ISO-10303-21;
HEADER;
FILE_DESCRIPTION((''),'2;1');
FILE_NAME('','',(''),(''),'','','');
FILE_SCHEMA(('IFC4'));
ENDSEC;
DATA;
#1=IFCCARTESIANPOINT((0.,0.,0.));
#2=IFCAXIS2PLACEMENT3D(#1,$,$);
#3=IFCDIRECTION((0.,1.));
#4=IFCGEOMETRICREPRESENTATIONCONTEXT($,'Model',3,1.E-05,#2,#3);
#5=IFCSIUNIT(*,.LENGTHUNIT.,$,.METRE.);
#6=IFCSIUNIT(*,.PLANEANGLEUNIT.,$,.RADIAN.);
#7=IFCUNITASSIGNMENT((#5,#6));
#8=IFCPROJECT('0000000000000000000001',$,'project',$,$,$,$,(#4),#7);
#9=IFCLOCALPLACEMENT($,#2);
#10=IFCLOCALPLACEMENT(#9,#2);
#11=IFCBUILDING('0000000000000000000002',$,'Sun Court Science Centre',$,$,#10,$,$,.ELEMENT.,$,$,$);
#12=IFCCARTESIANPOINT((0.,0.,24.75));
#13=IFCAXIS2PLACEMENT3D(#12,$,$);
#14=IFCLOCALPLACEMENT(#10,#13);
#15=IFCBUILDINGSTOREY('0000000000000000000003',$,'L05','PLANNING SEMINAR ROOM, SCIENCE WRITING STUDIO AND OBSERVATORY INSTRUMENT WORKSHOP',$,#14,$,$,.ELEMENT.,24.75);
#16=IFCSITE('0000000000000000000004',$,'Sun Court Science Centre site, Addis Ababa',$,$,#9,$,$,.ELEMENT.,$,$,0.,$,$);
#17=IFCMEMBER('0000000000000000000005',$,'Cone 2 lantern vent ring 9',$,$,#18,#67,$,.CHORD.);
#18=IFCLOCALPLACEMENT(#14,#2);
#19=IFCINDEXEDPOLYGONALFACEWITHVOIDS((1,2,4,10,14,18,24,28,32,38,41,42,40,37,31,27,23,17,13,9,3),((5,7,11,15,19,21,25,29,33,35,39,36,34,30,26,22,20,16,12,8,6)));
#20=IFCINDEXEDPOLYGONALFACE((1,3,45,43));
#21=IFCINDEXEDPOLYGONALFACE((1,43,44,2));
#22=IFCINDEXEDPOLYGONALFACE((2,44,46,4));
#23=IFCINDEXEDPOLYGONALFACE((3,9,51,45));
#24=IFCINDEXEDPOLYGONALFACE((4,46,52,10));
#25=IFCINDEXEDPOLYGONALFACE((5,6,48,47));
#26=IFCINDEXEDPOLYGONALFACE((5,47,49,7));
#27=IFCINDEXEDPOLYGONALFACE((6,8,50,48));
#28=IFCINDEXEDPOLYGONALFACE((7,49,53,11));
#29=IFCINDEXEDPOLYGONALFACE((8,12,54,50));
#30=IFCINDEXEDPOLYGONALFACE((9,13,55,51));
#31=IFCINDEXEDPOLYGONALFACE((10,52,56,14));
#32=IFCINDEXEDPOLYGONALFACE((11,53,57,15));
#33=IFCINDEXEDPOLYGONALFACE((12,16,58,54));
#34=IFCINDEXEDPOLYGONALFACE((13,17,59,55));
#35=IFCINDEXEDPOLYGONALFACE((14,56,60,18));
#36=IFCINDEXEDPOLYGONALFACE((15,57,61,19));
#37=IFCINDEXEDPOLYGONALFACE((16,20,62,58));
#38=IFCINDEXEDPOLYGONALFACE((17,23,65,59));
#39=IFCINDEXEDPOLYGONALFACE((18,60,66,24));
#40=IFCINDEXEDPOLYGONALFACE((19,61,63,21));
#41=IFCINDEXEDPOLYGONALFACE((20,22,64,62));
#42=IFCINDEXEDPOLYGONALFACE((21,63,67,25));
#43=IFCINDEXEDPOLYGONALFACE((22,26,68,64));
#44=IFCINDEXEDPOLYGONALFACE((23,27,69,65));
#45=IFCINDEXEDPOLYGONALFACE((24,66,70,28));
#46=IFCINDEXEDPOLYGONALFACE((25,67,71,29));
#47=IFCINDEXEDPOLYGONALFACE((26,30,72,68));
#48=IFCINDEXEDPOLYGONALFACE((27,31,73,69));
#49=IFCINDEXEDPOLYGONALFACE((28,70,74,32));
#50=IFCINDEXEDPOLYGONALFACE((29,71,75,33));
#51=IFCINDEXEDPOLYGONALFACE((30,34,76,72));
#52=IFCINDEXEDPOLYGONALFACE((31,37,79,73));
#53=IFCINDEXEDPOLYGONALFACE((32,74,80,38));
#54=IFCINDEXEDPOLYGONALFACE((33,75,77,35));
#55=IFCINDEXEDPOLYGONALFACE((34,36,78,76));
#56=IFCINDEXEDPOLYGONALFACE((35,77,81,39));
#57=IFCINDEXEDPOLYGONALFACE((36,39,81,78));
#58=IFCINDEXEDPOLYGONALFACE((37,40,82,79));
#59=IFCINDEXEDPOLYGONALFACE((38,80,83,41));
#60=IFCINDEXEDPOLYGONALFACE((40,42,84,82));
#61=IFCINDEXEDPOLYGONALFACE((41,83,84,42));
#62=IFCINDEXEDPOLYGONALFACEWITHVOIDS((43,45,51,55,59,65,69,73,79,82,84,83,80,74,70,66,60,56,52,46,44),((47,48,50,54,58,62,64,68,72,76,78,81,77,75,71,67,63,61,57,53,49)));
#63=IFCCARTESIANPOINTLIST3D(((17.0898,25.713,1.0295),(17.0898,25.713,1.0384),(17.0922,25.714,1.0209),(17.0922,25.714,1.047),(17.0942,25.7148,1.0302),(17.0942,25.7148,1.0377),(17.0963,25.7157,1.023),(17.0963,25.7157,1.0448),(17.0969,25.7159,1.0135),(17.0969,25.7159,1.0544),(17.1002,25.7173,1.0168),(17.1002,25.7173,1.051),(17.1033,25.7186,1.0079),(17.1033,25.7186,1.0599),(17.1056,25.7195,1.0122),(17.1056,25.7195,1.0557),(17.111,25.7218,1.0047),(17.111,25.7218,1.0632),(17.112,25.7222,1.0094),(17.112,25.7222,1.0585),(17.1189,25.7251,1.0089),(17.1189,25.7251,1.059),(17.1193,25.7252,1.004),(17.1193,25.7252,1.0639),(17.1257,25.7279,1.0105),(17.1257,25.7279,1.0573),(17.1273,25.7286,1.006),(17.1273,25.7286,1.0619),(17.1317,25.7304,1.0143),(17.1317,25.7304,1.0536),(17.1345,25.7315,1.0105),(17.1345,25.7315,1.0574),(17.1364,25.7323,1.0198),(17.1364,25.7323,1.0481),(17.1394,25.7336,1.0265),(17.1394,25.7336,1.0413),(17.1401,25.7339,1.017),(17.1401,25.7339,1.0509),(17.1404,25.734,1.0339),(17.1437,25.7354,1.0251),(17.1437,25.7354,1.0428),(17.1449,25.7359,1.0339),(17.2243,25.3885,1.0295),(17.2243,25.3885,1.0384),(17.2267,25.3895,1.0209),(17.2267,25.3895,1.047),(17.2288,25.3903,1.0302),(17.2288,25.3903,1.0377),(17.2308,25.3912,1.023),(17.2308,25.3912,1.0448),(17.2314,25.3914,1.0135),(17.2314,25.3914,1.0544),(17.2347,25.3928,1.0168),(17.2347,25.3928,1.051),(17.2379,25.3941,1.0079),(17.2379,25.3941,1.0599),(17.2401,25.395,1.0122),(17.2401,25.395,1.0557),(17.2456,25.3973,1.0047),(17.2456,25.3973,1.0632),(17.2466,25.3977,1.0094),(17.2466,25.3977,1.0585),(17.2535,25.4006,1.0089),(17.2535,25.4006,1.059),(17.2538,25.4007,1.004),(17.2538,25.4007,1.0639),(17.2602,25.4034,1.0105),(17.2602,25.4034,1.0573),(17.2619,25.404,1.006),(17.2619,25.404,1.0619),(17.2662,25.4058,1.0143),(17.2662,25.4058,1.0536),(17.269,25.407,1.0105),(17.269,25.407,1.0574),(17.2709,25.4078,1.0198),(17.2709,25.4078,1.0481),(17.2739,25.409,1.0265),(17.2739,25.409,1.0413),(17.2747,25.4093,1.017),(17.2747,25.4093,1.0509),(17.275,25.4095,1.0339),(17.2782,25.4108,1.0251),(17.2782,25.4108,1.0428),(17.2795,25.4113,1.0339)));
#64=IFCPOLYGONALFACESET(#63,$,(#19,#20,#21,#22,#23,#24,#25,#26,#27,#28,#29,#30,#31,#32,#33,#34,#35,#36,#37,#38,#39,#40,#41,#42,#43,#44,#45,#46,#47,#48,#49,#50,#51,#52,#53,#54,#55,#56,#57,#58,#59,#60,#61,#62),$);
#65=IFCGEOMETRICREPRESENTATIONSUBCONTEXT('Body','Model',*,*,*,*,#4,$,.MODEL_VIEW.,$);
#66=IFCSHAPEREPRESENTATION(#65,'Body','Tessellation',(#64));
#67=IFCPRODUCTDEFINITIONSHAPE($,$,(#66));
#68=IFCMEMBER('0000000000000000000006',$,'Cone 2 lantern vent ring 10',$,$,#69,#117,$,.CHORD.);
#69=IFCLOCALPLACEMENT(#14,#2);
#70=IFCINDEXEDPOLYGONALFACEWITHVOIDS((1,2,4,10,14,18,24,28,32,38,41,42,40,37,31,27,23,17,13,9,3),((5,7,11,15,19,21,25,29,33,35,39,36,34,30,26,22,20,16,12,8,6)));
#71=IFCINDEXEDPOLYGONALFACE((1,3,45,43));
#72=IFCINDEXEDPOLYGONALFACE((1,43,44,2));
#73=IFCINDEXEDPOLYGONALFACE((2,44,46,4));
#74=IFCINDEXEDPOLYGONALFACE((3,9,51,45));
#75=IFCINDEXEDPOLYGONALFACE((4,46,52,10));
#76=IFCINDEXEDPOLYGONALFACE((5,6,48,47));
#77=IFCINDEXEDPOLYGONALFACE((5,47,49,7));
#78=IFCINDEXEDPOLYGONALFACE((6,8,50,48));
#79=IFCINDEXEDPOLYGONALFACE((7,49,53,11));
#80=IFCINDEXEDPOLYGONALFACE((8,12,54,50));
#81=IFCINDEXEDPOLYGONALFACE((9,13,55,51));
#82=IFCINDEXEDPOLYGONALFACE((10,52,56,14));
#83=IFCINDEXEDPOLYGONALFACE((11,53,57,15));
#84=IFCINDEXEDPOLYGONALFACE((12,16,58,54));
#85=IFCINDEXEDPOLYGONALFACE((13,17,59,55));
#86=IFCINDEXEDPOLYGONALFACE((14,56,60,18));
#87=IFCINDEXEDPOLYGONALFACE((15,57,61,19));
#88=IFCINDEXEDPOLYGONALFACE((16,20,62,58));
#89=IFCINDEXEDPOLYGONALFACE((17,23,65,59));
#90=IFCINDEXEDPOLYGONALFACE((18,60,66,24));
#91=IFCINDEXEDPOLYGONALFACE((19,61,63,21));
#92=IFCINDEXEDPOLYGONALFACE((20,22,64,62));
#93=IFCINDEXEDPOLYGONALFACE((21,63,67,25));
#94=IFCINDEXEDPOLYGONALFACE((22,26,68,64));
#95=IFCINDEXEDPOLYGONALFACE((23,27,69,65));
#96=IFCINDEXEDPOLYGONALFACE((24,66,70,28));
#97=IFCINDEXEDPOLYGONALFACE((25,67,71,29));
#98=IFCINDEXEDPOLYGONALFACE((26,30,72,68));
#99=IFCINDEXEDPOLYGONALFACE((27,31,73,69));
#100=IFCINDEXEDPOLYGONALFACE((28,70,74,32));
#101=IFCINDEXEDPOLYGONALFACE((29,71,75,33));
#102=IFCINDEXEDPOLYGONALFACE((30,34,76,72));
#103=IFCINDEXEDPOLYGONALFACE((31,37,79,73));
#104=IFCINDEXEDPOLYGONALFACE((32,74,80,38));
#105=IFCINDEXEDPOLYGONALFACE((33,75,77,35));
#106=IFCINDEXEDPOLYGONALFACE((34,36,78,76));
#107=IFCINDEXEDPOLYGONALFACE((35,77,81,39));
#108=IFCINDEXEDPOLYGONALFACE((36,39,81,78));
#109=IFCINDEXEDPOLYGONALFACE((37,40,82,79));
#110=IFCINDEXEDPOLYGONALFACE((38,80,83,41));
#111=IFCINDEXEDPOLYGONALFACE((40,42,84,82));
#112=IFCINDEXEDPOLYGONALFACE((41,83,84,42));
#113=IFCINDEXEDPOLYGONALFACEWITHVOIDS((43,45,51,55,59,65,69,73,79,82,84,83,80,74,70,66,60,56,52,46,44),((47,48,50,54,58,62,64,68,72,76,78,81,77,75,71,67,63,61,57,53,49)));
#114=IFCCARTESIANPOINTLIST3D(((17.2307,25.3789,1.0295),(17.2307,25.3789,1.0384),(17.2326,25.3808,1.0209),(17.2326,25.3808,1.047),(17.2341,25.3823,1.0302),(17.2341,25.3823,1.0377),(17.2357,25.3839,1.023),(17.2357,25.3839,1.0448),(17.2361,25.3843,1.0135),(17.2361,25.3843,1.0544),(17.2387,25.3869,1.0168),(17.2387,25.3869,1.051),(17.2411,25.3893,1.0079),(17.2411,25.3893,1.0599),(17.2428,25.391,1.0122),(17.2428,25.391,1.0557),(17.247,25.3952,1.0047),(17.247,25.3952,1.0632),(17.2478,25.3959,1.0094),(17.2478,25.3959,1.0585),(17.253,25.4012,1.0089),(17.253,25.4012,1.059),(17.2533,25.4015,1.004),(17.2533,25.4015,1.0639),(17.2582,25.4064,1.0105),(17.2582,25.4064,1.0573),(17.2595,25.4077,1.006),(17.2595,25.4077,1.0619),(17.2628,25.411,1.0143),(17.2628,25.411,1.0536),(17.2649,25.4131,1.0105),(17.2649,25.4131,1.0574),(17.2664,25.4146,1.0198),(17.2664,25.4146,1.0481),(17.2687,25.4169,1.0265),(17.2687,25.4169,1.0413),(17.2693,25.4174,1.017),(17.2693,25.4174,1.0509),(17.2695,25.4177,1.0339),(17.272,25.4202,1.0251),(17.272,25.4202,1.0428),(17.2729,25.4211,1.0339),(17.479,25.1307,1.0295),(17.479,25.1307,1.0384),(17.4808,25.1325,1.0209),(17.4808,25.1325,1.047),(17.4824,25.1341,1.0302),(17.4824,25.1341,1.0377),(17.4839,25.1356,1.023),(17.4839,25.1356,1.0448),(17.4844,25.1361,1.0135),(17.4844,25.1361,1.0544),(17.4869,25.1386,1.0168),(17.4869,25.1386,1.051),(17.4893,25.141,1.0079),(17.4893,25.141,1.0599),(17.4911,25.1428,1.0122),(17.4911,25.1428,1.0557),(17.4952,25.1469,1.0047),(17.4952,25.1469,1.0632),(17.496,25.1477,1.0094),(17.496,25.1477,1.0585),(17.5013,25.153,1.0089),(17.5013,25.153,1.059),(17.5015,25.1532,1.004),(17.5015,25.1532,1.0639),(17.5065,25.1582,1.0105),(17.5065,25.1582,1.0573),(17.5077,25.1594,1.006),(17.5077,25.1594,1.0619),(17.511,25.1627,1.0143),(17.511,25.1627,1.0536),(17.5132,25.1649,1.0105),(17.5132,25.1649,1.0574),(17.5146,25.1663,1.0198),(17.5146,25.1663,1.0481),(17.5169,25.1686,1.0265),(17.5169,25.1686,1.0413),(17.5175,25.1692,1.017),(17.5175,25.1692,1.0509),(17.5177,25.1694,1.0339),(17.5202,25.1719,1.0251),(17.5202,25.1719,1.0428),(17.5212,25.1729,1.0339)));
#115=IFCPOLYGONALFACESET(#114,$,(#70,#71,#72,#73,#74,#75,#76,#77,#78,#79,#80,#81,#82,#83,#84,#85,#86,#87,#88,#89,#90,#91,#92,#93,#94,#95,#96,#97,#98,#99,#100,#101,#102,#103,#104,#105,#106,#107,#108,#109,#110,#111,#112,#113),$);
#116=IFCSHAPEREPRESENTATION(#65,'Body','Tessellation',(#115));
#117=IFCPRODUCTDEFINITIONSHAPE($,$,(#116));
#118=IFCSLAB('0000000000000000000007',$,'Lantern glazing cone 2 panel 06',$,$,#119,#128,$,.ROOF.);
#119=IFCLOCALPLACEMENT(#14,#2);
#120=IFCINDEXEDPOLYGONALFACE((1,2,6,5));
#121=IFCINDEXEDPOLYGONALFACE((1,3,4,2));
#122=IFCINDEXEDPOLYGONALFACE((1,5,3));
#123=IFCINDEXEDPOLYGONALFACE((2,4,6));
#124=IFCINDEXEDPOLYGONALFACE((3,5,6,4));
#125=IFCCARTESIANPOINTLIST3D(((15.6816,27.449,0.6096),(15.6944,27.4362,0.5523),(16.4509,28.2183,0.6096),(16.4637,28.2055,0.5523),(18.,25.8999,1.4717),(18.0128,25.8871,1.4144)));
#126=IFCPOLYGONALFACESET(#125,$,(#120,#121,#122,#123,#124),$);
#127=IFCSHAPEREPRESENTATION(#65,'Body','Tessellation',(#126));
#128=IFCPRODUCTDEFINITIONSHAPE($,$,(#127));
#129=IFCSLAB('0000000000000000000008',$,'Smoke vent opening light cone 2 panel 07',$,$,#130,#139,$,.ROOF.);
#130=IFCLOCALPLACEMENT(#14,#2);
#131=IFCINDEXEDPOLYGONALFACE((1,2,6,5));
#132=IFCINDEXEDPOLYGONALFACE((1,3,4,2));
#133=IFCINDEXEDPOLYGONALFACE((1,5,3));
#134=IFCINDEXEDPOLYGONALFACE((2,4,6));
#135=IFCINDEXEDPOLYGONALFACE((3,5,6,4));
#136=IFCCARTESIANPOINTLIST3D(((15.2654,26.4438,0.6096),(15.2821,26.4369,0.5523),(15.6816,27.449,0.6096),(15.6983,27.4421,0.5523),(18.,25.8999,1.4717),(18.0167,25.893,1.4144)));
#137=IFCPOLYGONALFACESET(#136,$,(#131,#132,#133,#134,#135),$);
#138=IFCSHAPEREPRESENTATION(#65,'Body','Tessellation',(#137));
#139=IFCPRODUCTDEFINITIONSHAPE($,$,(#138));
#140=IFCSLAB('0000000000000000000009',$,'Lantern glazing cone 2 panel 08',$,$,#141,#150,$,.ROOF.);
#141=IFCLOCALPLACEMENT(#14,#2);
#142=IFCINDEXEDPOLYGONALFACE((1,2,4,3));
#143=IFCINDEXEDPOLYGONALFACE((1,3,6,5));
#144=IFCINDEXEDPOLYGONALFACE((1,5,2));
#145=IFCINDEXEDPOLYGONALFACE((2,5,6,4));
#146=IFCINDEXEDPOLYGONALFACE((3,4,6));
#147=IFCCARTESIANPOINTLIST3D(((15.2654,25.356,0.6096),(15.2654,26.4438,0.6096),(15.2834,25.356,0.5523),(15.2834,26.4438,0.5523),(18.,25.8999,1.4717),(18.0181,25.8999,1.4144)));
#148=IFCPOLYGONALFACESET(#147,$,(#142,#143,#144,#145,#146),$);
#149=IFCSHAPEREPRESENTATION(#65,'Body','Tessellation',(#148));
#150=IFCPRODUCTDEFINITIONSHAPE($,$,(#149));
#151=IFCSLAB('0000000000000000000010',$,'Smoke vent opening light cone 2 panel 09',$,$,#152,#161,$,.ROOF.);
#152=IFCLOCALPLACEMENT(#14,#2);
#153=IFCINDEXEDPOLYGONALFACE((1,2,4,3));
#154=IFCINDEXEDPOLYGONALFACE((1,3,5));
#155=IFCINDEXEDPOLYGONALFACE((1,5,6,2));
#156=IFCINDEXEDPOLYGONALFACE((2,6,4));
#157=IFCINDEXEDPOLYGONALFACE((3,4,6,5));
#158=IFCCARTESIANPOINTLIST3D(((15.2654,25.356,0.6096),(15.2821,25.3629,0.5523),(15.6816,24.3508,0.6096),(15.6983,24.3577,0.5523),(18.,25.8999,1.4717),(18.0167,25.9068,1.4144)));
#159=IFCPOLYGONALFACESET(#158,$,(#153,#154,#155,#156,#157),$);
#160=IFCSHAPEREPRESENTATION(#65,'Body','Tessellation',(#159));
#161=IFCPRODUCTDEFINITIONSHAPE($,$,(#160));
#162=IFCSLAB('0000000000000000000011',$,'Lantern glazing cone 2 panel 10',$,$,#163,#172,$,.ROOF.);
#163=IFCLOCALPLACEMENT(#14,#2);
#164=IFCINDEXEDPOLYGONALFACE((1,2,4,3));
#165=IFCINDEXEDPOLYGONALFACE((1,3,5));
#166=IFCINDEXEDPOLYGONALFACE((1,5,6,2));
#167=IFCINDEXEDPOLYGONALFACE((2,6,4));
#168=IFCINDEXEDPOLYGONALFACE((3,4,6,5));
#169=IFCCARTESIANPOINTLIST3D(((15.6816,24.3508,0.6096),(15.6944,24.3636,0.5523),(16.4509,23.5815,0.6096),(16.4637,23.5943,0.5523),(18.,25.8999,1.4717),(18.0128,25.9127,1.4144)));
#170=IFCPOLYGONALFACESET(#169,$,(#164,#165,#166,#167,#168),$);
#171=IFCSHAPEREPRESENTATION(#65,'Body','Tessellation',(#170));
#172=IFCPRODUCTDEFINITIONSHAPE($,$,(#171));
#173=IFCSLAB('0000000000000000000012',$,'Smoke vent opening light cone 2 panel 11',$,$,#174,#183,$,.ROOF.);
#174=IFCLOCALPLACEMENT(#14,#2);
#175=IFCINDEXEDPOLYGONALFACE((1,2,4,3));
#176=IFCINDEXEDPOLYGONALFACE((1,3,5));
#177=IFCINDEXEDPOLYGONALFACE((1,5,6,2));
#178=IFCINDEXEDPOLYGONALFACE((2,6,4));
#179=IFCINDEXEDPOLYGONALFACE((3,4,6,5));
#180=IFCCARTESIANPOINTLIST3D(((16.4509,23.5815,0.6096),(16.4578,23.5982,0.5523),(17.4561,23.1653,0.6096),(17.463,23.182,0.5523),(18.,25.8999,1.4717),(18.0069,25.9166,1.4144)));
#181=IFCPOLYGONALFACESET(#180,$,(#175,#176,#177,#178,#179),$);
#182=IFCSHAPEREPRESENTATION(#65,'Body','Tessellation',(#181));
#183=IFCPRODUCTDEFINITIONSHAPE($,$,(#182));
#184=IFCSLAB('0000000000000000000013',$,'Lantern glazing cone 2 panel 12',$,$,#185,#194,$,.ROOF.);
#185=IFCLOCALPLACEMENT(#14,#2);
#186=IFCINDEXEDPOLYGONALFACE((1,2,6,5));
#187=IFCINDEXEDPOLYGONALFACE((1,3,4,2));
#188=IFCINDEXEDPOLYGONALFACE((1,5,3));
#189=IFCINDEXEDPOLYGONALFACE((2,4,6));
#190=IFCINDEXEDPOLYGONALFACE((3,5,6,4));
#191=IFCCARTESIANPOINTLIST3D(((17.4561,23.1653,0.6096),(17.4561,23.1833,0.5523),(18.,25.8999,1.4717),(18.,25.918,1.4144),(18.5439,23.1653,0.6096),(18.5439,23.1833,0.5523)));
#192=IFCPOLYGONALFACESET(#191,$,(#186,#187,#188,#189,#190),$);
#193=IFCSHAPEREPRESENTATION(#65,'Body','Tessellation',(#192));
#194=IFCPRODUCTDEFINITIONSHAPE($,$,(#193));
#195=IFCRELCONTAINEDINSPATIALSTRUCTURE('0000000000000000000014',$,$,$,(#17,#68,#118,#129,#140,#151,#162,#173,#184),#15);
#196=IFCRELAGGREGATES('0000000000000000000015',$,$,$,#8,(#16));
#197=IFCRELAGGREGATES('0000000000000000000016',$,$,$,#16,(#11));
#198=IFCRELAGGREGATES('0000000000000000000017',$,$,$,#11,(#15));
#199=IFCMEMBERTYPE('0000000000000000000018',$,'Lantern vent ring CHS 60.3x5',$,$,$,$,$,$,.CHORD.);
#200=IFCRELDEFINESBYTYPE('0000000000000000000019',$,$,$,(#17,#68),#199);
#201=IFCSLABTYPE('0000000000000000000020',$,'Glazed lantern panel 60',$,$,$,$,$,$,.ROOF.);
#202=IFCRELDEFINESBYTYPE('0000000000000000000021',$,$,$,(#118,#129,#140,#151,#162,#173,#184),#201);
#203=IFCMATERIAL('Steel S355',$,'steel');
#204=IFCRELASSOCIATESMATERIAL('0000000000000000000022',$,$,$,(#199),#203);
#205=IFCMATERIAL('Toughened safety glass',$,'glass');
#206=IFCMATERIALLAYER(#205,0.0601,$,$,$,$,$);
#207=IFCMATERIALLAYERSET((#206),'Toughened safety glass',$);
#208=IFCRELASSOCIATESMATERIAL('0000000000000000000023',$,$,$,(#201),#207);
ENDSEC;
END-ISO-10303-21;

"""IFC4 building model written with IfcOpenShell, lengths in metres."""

from ifc_helpers import new_model, si_unit, direction, frame, origin, origin_2d, place, context, subcontext, project, spatial, polyline, hollow_circle, outline, extrude, material, layer, layer_set, material_profile, profile_set, type_object, element, save


model = new_model("IFC4")

# Units and contexts
model_context = context("Model", 3, precision=1e-05, world=origin(), true_north=direction((0.0, 1.0)))
body_context = subcontext(model_context, "Body", "Model", "MODEL_VIEW")
ifc_project = project(units=[si_unit("LENGTHUNIT", "METRE"), si_unit("PLANEANGLEUNIT", "RADIAN")], contexts=[model_context])

# Site, building, storey
site_placement = place(None, origin())
site = spatial("IfcSite", under=ifc_project, at=site_placement, Name="Sun Court Science Centre site, Addis Ababa", CompositionType="ELEMENT", RefElevation=0.0)
building_placement = place(site_placement, origin())
building = spatial("IfcBuilding", under=site, at=building_placement, Name="Sun Court Science Centre", CompositionType="ELEMENT")
storey_placement = place(building_placement, frame((0.0, 0.0, 24.75)))
storey = spatial("IfcBuildingStorey", under=building, at=storey_placement, Name="L05", Description="PLANNING SEMINAR ROOM, SCIENCE WRITING STUDIO AND OBSERVATORY INSTRUMENT WORKSHOP", CompositionType="ELEMENT", Elevation=24.75)

# Members
ifc_material_1 = material(Name="Steel S355", Category="steel")
ifc_material_profile_1 = material_profile(ifc_material_1, hollow_circle(Radius=0.03, WallThickness=0.0049, at=origin_2d()), Name="CHS 60.3x5")
ifc_profile_set_1 = profile_set([ifc_material_profile_1], Name="Steel S355")
member_type_1 = type_object("IfcMemberType", Name="Lantern vent ring CHS 60.3x5", PredefinedType="CHORD", material=ifc_profile_set_1)
for number, where, z_axis, x_axis, name in (
    (1, (17.1172, 25.7244, 1.0339), (0.382986, -0.923754, 0.0), (0.923754, 0.382986, 0.0), "Cone 2 lantern vent ring 9"),
):
    element("IfcMember", number, at=place(storey_placement, frame(where, z_axis=z_axis, x_axis=x_axis)), inside=storey, type_object=member_type_1, Name=name, PredefinedType="CHORD", context=body_context, shape_type="SweptSolid", body=[
        extrude(hollow_circle(Radius=0.03, WallThickness=0.0049, at=origin_2d()), origin(), (0.0, 0.0, 1.0), 0.3513),
    ])
member_1_placement = place(storey_placement, frame((17.2517, 25.3999, 1.0339), z_axis=(0.707107, -0.707107, 0.0), x_axis=(0.707107, 0.707107, 0.0)))
element("IfcMember", 2, at=member_1_placement, inside=storey, type_object=member_type_1, Name="Cone 2 lantern vent ring 10", PredefinedType="CHORD", context=body_context, shape_type="SweptSolid", body=[
    extrude(hollow_circle(Radius=0.03, WallThickness=0.0049, at=origin_2d()), origin(), (0.0, 0.0, 1.0), 0.3511),
])

# Slabs
ifc_material_2 = material(Name="Toughened safety glass", Category="glass")
ifc_layer_1 = layer(ifc_material_2, 0.0601)
ifc_layer_set_1 = layer_set([ifc_layer_1], Name="Toughened safety glass")
slab_type = type_object("IfcSlabType", Name="Glazed lantern panel 60", PredefinedType="ROOF", material=ifc_layer_set_1)
slab_1_placement = place(storey_placement, frame((16.4509, 28.2183, 0.6096), z_axis=(-0.21259, 0.21259, 0.953735), x_axis=(-0.707107, -0.707107, 0.0)))
element("IfcSlab", 3, at=slab_1_placement, inside=storey, type_object=slab_type, Name="Lantern glazing cone 2 panel 06", PredefinedType="ROOF", context=body_context, shape_type="SweptSolid", body=[
    extrude(outline(polyline([(0.0, 0.0), (1.0879, 0.0), (0.544, 2.8673), (0.0, 0.0)])), origin(), (0.0, 0.0, -1.0), 0.0601),
])
slab_2_placement = place(storey_placement, frame((15.6816, 27.449, 0.6096), z_axis=(-0.277773, 0.115036, 0.953734), x_axis=(-0.382623, -0.923905, 0.0)))
element("IfcSlab", 4, at=slab_2_placement, inside=storey, type_object=slab_type, Name="Smoke vent opening light cone 2 panel 07", PredefinedType="ROOF", context=body_context, shape_type="SweptSolid", body=[
    extrude(outline(polyline([(0.0, 0.0), (1.0879, 0.0), (0.5441, 2.8673), (0.0, 0.0)])), origin(), (0.0, 0.0, -1.0), 0.0601),
])
slab_3_placement = place(storey_placement, frame((15.2654, 26.4438, 0.6096), z_axis=(-0.300655, 0.0, 0.953733), x_axis=(0.0, -1.0, 0.0)))
element("IfcSlab", 5, at=slab_3_placement, inside=storey, type_object=slab_type, Name="Lantern glazing cone 2 panel 08", PredefinedType="ROOF", context=body_context, shape_type="SweptSolid", body=[
    extrude(outline(polyline([(0.0, 0.0), (1.0879, 0.0), (0.5439, 2.8673), (0.0, 0.0)])), origin(), (0.0, 0.0, -1.0), 0.0601),
])
slab_4_placement = place(storey_placement, frame((15.2654, 25.356, 0.6096), z_axis=(-0.277773, -0.115036, 0.953734), x_axis=(0.382623, -0.923905, 0.0)))
element("IfcSlab", 6, at=slab_4_placement, inside=storey, type_object=slab_type, Name="Smoke vent opening light cone 2 panel 09", PredefinedType="ROOF", context=body_context, shape_type="SweptSolid", body=[
    extrude(outline(polyline([(0.0, 0.0), (1.0879, 0.0), (0.5438, 2.8673), (0.0, 0.0)])), origin(), (0.0, 0.0, -1.0), 0.0601),
])
slab_5_placement = place(storey_placement, frame((15.6816, 24.3508, 0.6096), z_axis=(-0.21259, -0.21259, 0.953735), x_axis=(0.707107, -0.707107, 0.0)))
element("IfcSlab", 7, at=slab_5_placement, inside=storey, type_object=slab_type, Name="Lantern glazing cone 2 panel 10", PredefinedType="ROOF", context=body_context, shape_type="SweptSolid", body=[
    extrude(outline(polyline([(0.0, 0.0), (1.0879, 0.0), (0.544, 2.8673), (0.0, 0.0)])), origin(), (0.0, 0.0, -1.0), 0.0601),
])
slab_6_placement = place(storey_placement, frame((16.4509, 23.5815, 0.6096), z_axis=(-0.115036, -0.277773, 0.953734), x_axis=(0.923905, -0.382623, 0.0)))
element("IfcSlab", 8, at=slab_6_placement, inside=storey, type_object=slab_type, Name="Smoke vent opening light cone 2 panel 11", PredefinedType="ROOF", context=body_context, shape_type="SweptSolid", body=[
    extrude(outline(polyline([(0.0, 0.0), (1.0879, 0.0), (0.5441, 2.8673), (0.0, 0.0)])), origin(), (0.0, 0.0, -1.0), 0.0601),
])
slab_7_placement = place(storey_placement, frame((17.4561, 23.1653, 0.6096), z_axis=(0.0, -0.300655, 0.953733), x_axis=(1.0, 0.0, 0.0)))
element("IfcSlab", 9, at=slab_7_placement, inside=storey, type_object=slab_type, Name="Lantern glazing cone 2 panel 12", PredefinedType="ROOF", context=body_context, shape_type="SweptSolid", body=[
    extrude(outline(polyline([(0.0, 0.0), (1.0879, 0.0), (0.5439, 2.8673), (0.0, 0.0)])), origin(), (0.0, 0.0, -1.0), 0.0601),
])

save(model, "model.ifc")
